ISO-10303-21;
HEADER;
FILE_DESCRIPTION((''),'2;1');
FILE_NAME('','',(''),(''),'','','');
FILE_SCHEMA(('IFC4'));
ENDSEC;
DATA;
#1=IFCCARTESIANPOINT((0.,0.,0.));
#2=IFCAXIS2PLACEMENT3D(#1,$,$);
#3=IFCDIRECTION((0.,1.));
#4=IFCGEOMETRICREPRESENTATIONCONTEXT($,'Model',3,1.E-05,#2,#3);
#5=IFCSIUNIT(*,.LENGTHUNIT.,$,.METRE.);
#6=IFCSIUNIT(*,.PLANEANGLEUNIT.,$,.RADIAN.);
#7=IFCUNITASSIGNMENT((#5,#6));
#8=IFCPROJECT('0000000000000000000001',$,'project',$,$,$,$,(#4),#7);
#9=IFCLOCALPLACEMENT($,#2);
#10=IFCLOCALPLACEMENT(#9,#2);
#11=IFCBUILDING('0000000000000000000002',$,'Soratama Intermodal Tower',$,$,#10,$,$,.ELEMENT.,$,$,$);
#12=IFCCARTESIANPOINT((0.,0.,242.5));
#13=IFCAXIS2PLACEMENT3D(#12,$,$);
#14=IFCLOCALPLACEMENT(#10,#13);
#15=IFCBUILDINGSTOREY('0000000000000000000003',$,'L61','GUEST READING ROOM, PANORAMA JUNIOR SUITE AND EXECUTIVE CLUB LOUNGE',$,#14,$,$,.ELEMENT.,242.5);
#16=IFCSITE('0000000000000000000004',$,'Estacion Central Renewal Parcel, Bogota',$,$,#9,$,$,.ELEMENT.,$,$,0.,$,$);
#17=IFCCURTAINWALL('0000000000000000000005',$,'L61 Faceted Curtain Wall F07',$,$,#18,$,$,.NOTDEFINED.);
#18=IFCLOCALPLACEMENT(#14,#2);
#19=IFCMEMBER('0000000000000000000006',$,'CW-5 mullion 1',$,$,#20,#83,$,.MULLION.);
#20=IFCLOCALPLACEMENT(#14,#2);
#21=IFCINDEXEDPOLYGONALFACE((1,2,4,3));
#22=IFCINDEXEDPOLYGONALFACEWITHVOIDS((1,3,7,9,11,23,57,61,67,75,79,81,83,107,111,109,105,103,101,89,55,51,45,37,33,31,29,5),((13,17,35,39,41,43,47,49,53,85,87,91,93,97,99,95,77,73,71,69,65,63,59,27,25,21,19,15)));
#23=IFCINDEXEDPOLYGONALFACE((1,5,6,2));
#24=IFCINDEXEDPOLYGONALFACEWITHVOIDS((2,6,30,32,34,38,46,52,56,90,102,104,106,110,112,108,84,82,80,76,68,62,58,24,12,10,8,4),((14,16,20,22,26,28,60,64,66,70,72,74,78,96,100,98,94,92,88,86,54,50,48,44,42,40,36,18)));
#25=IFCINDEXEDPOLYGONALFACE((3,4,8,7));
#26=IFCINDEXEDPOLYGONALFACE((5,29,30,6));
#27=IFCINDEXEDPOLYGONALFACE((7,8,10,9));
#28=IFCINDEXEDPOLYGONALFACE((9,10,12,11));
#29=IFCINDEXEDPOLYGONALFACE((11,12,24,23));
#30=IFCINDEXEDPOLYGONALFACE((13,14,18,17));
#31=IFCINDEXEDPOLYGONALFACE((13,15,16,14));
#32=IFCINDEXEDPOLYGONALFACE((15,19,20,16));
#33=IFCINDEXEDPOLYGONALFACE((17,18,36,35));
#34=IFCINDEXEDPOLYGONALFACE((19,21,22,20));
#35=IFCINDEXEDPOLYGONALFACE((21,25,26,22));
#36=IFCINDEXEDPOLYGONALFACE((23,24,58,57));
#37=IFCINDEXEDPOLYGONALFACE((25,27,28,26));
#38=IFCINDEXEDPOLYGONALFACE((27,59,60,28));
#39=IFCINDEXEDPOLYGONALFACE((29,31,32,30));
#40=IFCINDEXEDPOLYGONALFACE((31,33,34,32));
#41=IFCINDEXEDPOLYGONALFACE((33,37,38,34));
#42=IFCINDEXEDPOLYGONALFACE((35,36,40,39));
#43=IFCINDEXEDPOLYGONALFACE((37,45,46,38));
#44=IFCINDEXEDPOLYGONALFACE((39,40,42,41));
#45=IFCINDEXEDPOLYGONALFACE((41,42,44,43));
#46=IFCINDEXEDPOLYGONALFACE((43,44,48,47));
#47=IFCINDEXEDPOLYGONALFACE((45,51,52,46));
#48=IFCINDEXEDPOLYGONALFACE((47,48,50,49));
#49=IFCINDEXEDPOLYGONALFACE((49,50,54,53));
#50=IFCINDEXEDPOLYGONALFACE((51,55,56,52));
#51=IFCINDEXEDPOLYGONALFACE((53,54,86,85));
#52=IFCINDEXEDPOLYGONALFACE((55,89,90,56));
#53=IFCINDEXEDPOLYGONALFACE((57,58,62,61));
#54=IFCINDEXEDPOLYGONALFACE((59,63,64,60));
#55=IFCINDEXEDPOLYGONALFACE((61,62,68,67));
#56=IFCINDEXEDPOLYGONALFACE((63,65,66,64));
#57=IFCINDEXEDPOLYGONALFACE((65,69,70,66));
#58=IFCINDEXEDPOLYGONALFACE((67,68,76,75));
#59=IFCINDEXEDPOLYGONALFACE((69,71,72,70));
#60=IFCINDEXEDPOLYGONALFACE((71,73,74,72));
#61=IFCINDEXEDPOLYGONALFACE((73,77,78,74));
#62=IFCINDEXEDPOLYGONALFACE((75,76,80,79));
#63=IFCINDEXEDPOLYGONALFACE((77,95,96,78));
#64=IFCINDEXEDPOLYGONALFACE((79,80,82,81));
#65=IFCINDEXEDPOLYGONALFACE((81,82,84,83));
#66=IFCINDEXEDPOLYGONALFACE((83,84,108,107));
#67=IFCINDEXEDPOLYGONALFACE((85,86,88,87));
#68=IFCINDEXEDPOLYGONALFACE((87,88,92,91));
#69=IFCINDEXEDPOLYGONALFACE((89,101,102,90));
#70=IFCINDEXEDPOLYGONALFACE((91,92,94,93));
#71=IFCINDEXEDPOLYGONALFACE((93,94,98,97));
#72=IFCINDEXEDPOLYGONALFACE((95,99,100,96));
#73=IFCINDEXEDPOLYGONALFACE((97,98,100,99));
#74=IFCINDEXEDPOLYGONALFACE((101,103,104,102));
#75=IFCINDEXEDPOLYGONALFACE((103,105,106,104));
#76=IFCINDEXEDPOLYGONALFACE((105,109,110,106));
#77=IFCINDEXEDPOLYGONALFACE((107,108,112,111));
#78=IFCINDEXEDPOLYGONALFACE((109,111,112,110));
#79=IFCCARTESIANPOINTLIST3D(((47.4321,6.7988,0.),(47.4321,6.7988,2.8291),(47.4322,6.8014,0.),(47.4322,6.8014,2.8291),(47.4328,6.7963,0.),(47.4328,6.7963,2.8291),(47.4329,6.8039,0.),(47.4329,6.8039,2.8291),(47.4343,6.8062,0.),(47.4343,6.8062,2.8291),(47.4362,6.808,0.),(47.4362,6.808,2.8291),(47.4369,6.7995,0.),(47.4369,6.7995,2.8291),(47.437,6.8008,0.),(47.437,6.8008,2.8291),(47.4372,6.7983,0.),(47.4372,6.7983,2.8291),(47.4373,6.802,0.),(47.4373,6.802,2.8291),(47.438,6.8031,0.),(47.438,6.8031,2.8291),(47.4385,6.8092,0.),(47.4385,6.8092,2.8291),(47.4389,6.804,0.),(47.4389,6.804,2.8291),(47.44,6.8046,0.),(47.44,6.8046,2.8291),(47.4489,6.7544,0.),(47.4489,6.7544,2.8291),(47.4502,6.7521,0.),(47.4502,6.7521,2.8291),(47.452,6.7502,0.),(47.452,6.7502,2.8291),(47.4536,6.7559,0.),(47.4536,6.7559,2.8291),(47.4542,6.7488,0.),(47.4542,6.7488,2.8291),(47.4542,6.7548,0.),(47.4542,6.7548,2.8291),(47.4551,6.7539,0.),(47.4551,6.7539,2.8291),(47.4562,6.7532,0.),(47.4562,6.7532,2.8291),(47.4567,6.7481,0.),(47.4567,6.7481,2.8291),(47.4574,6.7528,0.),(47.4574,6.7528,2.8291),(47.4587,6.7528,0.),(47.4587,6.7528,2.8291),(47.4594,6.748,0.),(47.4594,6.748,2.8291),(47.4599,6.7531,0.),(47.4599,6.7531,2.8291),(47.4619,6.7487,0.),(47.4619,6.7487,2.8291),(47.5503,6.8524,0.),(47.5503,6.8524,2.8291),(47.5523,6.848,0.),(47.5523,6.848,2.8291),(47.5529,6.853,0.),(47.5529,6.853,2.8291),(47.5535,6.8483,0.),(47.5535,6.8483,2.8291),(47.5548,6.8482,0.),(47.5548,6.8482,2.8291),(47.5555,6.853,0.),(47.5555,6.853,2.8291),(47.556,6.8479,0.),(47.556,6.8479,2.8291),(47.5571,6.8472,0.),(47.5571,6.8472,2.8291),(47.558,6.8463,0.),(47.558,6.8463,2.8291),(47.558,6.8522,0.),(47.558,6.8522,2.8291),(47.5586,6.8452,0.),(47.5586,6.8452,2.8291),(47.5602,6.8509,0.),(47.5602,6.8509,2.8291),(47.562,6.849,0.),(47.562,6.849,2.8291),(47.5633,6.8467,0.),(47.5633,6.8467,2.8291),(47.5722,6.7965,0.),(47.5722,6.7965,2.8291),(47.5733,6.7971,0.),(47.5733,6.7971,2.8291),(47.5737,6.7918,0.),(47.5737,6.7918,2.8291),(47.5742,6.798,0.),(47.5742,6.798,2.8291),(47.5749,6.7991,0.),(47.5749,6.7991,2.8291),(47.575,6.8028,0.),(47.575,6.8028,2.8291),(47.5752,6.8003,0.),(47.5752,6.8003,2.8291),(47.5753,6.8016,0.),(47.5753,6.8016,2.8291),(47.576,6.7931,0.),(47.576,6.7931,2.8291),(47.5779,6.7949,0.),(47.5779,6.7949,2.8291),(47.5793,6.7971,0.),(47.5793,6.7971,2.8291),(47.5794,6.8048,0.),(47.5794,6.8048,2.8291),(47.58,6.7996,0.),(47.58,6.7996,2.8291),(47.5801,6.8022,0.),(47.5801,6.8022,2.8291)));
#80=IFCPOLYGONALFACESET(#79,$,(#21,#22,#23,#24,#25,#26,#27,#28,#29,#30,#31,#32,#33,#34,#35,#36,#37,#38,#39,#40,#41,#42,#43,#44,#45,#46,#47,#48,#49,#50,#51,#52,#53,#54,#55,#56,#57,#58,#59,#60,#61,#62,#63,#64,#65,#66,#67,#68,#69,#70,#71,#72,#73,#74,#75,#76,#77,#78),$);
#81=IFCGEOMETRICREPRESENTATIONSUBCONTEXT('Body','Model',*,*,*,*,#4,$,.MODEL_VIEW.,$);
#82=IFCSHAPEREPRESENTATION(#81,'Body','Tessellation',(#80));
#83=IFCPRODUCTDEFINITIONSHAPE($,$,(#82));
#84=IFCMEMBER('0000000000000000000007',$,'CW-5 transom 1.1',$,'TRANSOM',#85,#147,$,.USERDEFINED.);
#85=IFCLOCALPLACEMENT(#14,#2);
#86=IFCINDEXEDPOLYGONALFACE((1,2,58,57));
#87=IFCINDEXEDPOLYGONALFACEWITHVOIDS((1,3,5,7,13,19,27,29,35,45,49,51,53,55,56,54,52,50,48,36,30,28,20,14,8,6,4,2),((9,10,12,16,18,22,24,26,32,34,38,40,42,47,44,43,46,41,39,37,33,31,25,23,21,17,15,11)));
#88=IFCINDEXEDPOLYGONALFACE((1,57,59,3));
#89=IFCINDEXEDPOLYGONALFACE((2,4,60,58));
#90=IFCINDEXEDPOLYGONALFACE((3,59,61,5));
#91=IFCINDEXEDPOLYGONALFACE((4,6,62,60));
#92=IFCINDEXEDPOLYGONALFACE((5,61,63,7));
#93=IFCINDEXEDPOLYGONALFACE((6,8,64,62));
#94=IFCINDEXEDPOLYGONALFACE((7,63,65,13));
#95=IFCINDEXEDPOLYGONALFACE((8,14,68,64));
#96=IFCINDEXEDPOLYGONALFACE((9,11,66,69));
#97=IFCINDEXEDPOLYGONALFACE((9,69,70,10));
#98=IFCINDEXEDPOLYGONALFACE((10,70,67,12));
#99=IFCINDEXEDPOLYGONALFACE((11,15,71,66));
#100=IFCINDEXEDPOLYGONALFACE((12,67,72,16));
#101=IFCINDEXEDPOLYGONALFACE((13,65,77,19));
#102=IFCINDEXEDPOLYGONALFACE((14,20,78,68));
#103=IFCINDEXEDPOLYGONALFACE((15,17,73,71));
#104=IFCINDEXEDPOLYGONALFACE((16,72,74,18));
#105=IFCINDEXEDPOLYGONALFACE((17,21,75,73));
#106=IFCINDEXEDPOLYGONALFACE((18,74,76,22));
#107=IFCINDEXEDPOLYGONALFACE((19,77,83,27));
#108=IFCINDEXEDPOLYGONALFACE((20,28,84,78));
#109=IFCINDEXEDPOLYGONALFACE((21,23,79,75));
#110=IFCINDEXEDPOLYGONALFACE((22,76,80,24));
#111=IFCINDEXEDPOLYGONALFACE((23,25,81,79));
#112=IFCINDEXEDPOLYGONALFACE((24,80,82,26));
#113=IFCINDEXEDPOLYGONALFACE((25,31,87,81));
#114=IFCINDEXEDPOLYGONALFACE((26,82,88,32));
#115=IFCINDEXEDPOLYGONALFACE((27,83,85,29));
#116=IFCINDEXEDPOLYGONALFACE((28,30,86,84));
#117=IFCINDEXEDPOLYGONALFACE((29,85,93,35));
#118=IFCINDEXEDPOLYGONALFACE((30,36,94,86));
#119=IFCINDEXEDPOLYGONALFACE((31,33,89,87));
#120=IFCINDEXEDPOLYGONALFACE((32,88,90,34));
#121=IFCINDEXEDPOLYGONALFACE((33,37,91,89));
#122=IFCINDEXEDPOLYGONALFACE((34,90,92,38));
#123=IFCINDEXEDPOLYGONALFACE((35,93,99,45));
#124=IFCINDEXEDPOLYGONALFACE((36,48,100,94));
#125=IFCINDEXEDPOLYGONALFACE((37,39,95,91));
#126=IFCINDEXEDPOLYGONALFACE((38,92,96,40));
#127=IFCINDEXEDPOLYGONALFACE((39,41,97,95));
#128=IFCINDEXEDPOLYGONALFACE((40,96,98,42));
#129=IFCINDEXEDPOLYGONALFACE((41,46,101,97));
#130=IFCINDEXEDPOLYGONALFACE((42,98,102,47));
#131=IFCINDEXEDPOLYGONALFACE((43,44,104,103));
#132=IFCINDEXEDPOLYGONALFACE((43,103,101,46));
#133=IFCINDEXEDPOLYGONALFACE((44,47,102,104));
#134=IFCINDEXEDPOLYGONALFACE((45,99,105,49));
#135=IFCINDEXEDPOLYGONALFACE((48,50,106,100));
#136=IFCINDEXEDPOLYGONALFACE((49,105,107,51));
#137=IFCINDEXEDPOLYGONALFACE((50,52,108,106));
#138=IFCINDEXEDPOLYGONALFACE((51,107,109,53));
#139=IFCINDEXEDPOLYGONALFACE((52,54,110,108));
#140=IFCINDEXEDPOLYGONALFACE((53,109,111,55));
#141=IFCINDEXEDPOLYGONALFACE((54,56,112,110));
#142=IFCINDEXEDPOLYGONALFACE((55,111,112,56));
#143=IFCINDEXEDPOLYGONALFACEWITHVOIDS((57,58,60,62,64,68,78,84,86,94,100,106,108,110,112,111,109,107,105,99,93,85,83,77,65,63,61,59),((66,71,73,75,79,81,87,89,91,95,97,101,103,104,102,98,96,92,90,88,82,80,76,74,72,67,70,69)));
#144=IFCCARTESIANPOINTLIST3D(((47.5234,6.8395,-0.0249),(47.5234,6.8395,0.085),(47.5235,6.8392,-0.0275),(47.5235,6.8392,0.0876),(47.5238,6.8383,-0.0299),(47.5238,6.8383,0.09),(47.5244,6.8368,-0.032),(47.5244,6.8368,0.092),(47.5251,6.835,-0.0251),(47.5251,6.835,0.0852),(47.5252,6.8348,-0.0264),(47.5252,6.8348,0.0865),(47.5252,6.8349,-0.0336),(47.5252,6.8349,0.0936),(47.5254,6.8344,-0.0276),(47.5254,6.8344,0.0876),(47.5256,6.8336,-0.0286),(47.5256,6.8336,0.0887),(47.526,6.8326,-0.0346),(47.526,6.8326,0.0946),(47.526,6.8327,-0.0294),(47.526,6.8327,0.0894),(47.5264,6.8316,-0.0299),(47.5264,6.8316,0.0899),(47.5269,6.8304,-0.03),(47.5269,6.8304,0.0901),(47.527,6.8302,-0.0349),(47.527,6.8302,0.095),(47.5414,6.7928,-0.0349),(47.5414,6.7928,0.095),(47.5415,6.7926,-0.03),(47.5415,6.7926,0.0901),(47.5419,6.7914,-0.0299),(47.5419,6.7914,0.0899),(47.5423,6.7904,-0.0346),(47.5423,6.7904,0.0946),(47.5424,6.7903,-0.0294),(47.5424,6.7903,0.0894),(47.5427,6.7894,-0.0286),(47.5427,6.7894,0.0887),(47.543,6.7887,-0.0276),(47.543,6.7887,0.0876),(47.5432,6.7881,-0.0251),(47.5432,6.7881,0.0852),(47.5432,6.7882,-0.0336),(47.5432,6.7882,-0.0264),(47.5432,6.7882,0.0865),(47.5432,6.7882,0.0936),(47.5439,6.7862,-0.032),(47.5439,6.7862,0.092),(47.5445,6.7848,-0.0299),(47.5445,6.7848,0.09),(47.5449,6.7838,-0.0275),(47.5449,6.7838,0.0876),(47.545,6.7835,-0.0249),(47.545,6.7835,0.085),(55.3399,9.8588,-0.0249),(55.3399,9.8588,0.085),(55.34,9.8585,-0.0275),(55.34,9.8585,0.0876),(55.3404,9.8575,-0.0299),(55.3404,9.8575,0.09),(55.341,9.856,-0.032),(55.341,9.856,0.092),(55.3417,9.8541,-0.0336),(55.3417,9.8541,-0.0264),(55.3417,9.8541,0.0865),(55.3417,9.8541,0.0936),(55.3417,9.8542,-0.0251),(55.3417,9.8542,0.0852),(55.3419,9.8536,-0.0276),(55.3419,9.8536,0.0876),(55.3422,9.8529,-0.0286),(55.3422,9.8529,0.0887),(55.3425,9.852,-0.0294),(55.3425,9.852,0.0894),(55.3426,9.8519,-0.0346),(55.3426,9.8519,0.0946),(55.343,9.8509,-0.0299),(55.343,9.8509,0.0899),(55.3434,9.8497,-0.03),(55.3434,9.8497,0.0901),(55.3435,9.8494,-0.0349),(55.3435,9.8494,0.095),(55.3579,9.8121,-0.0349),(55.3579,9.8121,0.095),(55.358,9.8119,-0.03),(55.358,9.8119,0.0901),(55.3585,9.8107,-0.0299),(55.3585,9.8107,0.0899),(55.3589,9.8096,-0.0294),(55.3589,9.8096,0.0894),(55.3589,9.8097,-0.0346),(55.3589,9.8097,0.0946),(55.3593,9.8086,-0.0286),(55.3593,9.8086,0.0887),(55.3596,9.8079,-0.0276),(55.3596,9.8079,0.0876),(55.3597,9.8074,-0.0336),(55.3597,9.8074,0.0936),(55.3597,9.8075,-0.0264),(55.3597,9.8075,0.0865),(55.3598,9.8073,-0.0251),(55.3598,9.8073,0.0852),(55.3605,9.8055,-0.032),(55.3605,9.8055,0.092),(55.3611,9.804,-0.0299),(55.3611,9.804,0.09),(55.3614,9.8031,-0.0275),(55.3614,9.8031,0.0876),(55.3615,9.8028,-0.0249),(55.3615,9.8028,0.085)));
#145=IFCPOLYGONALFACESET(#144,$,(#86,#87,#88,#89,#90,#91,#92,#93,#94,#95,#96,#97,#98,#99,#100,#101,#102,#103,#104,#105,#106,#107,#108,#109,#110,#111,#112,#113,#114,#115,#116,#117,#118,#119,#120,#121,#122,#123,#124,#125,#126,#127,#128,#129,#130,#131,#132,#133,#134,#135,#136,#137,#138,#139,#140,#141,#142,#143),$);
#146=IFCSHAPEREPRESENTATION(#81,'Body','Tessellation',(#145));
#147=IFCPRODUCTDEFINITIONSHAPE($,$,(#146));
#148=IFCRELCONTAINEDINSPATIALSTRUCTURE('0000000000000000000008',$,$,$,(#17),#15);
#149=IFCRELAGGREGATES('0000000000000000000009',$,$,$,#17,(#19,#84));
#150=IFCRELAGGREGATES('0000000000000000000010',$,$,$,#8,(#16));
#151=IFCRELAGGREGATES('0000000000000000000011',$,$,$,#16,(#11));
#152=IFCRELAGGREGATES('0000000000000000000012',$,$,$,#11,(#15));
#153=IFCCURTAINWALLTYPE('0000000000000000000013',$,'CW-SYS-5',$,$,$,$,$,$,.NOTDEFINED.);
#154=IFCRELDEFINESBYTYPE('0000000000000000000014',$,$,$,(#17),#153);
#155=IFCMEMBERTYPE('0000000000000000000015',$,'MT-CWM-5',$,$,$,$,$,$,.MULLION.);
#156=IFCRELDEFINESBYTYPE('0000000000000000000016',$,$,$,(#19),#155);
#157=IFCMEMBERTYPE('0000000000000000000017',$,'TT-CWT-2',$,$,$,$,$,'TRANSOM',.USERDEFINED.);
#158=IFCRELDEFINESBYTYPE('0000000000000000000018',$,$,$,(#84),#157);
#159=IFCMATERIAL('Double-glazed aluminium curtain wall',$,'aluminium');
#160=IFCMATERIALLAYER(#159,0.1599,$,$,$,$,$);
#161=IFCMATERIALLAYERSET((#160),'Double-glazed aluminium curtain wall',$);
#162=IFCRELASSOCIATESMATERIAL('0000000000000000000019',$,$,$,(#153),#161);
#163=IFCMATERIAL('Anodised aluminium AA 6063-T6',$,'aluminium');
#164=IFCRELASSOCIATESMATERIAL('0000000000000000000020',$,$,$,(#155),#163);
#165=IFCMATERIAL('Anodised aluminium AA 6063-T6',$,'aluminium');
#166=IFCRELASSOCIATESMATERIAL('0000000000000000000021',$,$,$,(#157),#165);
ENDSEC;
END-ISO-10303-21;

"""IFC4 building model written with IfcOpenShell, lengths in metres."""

from ifc_helpers import new_model, si_unit, direction, frame, origin, origin_2d, place, context, subcontext, project, spatial, hollow_rectangle, extrude, material, layer, layer_set, material_profile, profile_set, type_object, element, aggregate, save


model = new_model("IFC4")

# Units and contexts
model_context = context("Model", 3, precision=1e-05, world=origin(), true_north=direction((0.0, 1.0)))
body_context = subcontext(model_context, "Body", "Model", "MODEL_VIEW")
ifc_project = project(units=[si_unit("LENGTHUNIT", "METRE"), si_unit("PLANEANGLEUNIT", "RADIAN")], contexts=[model_context])

# Site, building, storey
site_placement = place(None, origin())
site = spatial("IfcSite", under=ifc_project, at=site_placement, Name="Estacion Central Renewal Parcel, Bogota", CompositionType="ELEMENT", RefElevation=0.0)
building_placement = place(site_placement, origin())
building = spatial("IfcBuilding", under=site, at=building_placement, Name="Soratama Intermodal Tower", CompositionType="ELEMENT")
storey_placement = place(building_placement, frame((0.0, 0.0, 242.5)))
storey = spatial("IfcBuildingStorey", under=building, at=storey_placement, Name="L61", Description="GUEST READING ROOM, PANORAMA JUNIOR SUITE AND EXECUTIVE CLUB LOUNGE", CompositionType="ELEMENT", Elevation=242.5)

# Shared definitions
ifc_material_1 = material(Name="Double-glazed aluminium curtain wall", Category="aluminium")
ifc_layer_1 = layer(ifc_material_1, 0.1599)
ifc_layer_set_1 = layer_set([ifc_layer_1], Name="Double-glazed aluminium curtain wall")
curtain_wall_type = type_object("IfcCurtainWallType", Name="CW-SYS-5", PredefinedType="NOTDEFINED", material=ifc_layer_set_1)
ifc_material_2 = material(Name="Anodised aluminium AA 6063-T6", Category="aluminium")
ifc_material_profile_1 = material_profile(ifc_material_2, hollow_rectangle(XDim=0.0649, YDim=0.1399, WallThickness=0.0049, InnerFilletRadius=0.0049, OuterFilletRadius=0.01, at=origin_2d()), Name="CWM140X65X5")
ifc_profile_set_1 = profile_set([ifc_material_profile_1], Name="Anodised aluminium AA 6063-T6")
member_type_1 = type_object("IfcMemberType", Name="MT-CWM-5", PredefinedType="MULLION", material=ifc_profile_set_1)

# Curtain wall, members
curtain_wall_1_placement = place(storey_placement, origin())
curtain_wall_1 = element("IfcCurtainWall", 1, at=curtain_wall_1_placement, inside=storey, type_object=curtain_wall_type, Name="L61 Faceted Curtain Wall F07", PredefinedType="NOTDEFINED")
member_1_placement = place(storey_placement, frame((47.5061, 6.8005, 0.0), z_axis=(0.0, 0.0, 1.0), x_axis=(-0.360328, 0.932826, 0.0)))
member_1 = element("IfcMember", 2, at=member_1_placement, type_object=member_type_1, Name="CW-5 mullion 1", PredefinedType="MULLION", context=body_context, shape_type="SweptSolid", body=[
    extrude(hollow_rectangle(XDim=0.0649, YDim=0.1399, WallThickness=0.0049, InnerFilletRadius=0.0049, OuterFilletRadius=0.01, at=origin_2d()), origin(), (0.0, 0.0, 1.0), 2.8291),
])
ifc_material_3 = material(Name="Anodised aluminium AA 6063-T6", Category="aluminium")
ifc_material_profile_2 = material_profile(ifc_material_3, hollow_rectangle(XDim=0.0601, YDim=0.1299, WallThickness=0.0049, InnerFilletRadius=0.0049, OuterFilletRadius=0.01, at=origin_2d()), Name="CWT130X60X5")
ifc_profile_set_2 = profile_set([ifc_material_profile_2], Name="Anodised aluminium AA 6063-T6")
member_type_2 = type_object("IfcMemberType", Name="TT-CWT-2", ElementType="TRANSOM", PredefinedType="USERDEFINED", material=ifc_profile_set_2)
member_2_placement = place(storey_placement, frame((47.5342, 6.8115, 0.03), z_axis=(0.93283, 0.360318, 0.0), x_axis=(-0.360318, 0.93283, 0.0)))
member_2 = element("IfcMember", 3, at=member_2_placement, type_object=member_type_2, Name="CW-5 transom 1.1", ObjectType="TRANSOM", PredefinedType="USERDEFINED", context=body_context, shape_type="SweptSolid", body=[
    extrude(hollow_rectangle(XDim=0.0601, YDim=0.1299, WallThickness=0.0049, InnerFilletRadius=0.0049, OuterFilletRadius=0.01, at=origin_2d()), origin(), (0.0, 0.0, 1.0), 8.3794),
])
aggregate(curtain_wall_1, [member_1, member_2])

save(model, "model.ifc")
